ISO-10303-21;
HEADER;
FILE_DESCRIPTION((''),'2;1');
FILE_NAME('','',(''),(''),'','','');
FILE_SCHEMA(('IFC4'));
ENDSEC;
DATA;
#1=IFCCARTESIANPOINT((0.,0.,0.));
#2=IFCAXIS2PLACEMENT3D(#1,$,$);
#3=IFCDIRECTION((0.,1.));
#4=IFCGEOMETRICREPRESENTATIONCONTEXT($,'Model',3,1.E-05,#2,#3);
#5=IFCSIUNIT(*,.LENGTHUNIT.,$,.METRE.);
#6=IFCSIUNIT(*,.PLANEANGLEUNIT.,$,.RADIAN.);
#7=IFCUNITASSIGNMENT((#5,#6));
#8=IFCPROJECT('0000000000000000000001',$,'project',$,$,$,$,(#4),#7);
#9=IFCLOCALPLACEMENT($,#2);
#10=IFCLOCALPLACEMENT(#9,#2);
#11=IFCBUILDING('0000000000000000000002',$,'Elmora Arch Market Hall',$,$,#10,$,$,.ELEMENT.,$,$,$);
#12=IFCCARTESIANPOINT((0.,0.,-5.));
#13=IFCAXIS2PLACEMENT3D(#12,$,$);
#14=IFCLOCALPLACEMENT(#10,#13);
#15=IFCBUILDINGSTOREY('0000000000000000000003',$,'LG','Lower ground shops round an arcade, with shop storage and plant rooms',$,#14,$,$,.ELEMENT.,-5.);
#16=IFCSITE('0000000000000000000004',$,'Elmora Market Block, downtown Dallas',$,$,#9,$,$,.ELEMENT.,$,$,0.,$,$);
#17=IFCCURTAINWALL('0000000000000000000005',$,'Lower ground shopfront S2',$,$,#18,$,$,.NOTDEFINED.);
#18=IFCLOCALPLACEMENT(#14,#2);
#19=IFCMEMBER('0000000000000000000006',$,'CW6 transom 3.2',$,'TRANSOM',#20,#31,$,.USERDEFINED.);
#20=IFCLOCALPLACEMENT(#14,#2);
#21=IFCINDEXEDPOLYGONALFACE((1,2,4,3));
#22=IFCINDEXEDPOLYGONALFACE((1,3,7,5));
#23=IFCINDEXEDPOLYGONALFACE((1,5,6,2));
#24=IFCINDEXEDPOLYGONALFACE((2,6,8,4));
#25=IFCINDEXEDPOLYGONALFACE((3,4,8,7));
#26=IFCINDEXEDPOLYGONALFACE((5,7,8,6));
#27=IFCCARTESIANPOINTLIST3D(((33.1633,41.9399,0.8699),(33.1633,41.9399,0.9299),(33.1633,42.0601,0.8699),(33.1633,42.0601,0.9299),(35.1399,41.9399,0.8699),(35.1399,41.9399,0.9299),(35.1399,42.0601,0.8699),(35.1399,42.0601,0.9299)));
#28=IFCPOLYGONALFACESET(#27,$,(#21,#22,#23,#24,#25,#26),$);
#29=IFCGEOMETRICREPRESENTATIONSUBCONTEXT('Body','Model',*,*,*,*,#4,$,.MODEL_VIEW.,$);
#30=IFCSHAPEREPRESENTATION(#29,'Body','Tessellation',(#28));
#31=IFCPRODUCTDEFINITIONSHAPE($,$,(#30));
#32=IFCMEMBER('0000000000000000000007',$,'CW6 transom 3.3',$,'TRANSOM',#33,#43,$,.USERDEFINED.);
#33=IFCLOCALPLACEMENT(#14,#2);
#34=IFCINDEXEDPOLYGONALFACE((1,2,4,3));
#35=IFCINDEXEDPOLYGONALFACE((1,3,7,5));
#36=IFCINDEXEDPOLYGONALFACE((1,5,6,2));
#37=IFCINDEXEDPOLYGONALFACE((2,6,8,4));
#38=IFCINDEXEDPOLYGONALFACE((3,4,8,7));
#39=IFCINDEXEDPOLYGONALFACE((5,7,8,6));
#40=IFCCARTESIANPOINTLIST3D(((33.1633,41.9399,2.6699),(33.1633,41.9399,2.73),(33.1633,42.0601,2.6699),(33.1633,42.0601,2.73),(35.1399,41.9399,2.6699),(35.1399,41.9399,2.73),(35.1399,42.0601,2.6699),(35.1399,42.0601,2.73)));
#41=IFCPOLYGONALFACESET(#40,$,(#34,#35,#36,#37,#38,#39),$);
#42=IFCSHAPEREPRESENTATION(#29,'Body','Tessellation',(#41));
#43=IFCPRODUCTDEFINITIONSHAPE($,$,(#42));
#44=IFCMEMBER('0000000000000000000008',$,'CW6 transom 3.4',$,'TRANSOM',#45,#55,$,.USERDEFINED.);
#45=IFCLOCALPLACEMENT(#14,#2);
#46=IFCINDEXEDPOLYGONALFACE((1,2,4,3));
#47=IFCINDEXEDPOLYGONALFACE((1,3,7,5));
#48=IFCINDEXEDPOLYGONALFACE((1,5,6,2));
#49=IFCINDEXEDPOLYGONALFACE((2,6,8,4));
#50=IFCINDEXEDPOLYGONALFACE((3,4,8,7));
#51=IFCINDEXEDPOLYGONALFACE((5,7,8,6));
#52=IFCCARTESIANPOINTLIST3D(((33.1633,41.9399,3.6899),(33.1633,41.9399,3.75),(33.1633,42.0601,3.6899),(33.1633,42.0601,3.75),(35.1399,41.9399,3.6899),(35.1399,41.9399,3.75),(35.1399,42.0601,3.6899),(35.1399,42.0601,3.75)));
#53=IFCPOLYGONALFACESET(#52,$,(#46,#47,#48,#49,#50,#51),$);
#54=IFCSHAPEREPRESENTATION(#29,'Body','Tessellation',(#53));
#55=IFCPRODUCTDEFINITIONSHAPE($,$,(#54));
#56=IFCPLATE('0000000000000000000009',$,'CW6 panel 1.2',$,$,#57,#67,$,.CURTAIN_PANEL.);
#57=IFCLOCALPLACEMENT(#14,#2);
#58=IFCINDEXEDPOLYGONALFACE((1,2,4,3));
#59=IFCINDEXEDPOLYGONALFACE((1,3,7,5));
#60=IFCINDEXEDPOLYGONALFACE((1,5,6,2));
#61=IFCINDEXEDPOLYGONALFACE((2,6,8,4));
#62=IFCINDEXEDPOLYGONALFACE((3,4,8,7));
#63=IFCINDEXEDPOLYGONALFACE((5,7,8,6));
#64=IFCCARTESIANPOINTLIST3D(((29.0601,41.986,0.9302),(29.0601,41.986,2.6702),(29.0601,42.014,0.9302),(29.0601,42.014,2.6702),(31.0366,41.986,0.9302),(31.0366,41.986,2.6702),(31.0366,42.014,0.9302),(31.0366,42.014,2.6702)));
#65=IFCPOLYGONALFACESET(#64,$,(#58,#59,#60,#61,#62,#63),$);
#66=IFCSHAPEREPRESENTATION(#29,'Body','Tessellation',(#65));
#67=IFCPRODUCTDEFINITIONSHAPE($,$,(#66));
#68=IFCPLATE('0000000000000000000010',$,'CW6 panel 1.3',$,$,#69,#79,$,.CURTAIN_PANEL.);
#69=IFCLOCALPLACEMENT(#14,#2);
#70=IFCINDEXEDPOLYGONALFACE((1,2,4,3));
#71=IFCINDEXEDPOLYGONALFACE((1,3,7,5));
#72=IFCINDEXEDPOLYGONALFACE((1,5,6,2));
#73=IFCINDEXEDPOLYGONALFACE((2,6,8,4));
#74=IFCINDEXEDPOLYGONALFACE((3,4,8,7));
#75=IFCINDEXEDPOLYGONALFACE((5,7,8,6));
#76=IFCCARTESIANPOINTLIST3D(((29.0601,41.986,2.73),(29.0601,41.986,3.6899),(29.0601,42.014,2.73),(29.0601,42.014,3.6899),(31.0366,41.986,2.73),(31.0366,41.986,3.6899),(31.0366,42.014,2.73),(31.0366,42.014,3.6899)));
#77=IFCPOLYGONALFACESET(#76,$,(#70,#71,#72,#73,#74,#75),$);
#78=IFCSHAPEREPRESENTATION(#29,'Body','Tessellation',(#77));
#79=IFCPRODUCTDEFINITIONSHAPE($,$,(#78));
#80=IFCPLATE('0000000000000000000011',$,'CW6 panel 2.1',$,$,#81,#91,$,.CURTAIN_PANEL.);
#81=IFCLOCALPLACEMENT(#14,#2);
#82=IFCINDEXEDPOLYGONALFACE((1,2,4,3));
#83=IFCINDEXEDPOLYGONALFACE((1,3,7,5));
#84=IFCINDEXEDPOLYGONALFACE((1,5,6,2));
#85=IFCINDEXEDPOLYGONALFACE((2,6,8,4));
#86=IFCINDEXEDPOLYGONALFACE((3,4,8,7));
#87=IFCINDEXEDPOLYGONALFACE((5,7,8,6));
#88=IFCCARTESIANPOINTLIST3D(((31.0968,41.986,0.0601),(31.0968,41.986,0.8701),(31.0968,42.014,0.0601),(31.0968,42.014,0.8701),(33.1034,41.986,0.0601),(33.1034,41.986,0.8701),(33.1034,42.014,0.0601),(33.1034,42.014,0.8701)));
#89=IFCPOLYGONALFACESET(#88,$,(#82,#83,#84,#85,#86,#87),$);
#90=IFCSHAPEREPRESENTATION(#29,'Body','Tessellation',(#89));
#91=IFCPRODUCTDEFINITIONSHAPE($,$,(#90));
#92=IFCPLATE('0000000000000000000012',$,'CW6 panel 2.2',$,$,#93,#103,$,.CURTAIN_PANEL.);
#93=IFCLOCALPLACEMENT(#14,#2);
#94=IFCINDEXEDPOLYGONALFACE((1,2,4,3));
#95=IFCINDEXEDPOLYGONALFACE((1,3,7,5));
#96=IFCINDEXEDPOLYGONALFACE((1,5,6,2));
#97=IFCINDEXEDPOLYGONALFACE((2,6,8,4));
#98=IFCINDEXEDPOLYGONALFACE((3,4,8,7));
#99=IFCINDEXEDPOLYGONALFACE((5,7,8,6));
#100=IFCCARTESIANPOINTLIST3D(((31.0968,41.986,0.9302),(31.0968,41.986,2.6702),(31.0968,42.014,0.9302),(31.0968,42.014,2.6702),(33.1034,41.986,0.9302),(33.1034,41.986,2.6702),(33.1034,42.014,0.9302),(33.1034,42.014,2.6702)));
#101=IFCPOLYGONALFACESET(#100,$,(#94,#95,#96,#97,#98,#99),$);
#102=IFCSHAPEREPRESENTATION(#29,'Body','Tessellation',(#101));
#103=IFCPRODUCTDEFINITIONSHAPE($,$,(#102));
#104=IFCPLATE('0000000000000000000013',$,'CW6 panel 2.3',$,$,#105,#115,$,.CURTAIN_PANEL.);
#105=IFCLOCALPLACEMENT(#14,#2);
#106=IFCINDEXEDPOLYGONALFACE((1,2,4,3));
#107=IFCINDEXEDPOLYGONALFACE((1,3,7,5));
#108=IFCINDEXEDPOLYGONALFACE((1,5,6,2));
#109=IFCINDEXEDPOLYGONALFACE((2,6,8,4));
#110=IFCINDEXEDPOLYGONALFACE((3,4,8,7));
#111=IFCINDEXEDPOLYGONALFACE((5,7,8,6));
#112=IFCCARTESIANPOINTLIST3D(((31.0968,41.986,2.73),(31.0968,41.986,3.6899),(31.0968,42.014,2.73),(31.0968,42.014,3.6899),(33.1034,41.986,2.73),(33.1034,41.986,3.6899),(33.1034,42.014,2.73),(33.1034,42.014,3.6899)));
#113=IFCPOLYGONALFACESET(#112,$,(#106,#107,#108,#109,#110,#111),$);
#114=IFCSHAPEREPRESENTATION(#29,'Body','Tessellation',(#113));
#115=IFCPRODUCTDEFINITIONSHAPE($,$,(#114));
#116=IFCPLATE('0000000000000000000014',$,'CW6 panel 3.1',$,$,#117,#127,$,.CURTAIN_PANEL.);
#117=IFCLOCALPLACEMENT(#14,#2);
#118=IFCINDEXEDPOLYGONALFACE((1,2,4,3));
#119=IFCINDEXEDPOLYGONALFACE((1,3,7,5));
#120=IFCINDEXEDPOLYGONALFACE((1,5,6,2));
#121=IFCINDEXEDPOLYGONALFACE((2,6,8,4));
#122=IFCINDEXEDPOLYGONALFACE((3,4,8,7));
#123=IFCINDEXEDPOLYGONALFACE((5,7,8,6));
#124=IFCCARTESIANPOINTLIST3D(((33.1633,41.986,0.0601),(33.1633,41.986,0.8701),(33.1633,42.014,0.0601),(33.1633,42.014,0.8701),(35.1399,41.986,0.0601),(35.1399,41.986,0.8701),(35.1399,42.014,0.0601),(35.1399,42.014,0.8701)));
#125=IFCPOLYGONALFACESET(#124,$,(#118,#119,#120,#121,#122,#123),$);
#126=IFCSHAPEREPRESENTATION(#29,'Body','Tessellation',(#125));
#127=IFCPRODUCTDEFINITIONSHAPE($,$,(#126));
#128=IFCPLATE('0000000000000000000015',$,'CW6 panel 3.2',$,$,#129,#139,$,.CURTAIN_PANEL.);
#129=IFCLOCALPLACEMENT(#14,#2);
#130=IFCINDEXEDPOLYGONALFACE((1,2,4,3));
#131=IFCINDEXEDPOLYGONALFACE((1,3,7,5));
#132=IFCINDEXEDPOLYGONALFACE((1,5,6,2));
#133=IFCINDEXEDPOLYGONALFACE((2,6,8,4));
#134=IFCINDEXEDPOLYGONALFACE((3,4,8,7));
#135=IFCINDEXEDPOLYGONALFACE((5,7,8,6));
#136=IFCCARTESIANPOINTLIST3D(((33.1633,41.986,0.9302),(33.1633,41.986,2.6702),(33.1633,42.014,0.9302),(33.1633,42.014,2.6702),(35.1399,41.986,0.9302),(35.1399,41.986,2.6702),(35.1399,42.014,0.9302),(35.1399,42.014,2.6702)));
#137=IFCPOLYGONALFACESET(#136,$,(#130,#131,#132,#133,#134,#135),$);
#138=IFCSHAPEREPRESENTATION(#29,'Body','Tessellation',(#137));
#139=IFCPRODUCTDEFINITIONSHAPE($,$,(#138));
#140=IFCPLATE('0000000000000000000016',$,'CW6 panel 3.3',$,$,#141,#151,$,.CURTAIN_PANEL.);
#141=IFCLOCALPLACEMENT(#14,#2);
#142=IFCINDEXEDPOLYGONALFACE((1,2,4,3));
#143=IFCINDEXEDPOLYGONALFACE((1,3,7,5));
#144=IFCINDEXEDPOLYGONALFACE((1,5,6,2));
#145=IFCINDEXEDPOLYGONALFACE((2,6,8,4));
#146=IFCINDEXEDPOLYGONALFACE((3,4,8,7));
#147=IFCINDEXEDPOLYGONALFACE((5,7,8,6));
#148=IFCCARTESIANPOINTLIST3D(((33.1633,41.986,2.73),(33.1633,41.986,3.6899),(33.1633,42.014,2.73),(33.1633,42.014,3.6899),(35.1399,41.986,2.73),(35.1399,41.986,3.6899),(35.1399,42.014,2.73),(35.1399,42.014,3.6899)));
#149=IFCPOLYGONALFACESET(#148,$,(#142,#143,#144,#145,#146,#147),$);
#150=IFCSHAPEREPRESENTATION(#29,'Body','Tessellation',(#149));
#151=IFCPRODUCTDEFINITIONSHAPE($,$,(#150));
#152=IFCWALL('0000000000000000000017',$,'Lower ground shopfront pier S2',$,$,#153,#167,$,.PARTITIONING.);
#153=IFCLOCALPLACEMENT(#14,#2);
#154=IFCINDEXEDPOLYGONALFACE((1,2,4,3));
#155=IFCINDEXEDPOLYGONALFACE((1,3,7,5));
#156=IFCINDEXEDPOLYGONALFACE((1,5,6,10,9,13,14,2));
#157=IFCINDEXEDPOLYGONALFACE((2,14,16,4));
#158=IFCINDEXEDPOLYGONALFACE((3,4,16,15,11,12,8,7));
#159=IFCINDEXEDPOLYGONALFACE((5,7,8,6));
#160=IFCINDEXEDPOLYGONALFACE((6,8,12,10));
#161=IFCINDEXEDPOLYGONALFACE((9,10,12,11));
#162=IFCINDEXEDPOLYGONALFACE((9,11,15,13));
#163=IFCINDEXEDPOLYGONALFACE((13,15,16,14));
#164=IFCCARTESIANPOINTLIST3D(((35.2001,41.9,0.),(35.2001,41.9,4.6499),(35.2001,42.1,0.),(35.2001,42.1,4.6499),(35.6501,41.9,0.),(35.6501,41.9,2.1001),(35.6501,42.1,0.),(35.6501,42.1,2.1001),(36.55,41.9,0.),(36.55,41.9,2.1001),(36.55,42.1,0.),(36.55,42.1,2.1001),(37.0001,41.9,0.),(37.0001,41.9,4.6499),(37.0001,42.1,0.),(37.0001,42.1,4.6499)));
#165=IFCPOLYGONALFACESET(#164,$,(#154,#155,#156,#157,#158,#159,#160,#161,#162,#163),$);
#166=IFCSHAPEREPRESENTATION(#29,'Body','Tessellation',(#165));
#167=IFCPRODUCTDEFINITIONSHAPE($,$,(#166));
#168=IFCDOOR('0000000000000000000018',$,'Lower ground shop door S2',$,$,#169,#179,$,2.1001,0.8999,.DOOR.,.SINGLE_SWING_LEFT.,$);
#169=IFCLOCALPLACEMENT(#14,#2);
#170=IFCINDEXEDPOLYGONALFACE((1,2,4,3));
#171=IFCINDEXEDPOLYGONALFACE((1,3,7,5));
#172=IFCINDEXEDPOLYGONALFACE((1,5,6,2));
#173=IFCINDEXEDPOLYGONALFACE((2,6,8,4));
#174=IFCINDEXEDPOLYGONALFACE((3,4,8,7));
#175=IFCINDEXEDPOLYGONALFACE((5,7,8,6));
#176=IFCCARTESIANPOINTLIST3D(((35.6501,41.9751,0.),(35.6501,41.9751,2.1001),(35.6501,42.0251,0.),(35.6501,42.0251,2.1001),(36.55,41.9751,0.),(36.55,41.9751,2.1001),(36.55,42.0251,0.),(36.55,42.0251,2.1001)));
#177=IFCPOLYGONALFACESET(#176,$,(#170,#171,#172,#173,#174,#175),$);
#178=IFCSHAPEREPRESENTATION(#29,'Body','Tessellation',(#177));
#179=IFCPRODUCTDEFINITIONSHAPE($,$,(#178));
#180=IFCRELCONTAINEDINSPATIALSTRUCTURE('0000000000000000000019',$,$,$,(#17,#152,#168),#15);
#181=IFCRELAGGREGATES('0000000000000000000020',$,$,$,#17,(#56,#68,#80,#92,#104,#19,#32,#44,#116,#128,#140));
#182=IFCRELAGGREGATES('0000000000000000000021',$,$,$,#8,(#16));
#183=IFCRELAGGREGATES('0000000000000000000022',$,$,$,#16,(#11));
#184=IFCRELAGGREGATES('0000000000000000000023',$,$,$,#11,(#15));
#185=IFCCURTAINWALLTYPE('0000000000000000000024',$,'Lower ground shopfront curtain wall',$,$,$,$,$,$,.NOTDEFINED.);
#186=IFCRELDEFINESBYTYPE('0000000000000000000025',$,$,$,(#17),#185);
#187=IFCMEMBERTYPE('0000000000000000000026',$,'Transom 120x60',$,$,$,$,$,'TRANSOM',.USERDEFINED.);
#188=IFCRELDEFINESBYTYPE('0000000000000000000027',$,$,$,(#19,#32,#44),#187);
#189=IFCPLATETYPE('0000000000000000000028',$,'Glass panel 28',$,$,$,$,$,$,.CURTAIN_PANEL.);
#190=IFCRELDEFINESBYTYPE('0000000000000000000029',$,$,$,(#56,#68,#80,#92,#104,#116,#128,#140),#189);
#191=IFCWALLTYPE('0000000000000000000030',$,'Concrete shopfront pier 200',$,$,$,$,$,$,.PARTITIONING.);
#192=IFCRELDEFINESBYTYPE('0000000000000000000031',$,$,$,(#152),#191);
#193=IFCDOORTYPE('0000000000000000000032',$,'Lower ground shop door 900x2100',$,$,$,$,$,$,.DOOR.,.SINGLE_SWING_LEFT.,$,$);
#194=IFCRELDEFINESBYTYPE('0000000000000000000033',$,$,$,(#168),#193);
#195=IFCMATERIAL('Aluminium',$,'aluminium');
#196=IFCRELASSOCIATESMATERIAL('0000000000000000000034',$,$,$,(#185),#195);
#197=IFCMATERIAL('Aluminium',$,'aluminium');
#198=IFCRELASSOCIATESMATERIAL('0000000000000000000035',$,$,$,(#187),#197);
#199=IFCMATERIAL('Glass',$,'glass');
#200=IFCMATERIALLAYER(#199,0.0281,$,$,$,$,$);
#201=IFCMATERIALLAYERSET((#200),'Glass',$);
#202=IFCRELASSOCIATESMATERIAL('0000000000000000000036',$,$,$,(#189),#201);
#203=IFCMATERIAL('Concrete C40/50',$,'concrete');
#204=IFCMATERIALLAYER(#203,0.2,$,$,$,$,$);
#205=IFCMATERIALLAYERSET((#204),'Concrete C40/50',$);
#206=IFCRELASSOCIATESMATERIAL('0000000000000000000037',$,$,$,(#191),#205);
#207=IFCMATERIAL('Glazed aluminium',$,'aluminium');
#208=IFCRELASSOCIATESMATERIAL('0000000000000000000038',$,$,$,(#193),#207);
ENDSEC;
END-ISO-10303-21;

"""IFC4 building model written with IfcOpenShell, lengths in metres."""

from ifc_helpers import new_model, si_unit, direction, frame, frame_2d, origin, origin_2d, place, context, subcontext, project, spatial, rectangle, extrude, material, layer, layer_set, material_profile, profile_set, type_object, element, fill, aggregate, save


model = new_model("IFC4")

# Units and contexts
model_context = context("Model", 3, precision=1e-05, world=origin(), true_north=direction((0.0, 1.0)))
body_context = subcontext(model_context, "Body", "Model", "MODEL_VIEW")
ifc_project = project(units=[si_unit("LENGTHUNIT", "METRE"), si_unit("PLANEANGLEUNIT", "RADIAN")], contexts=[model_context])

# Site, building, storey
site_placement = place(None, origin())
site = spatial("IfcSite", under=ifc_project, at=site_placement, Name="Elmora Market Block, downtown Dallas", CompositionType="ELEMENT", RefElevation=0.0)
building_placement = place(site_placement, origin())
building = spatial("IfcBuilding", under=site, at=building_placement, Name="Elmora Arch Market Hall", CompositionType="ELEMENT")
storey_placement = place(building_placement, frame((0.0, 0.0, -5.0)))
storey = spatial("IfcBuildingStorey", under=building, at=storey_placement, Name="LG", Description="Lower ground shops round an arcade, with shop storage and plant rooms", CompositionType="ELEMENT", Elevation=-5.0)

# Shared definitions
ifc_material_1 = material(Name="Aluminium", Category="aluminium")
curtain_wall_type = type_object("IfcCurtainWallType", Name="Lower ground shopfront curtain wall", PredefinedType="NOTDEFINED", material=ifc_material_1)
ifc_material_2 = material(Name="Aluminium", Category="aluminium")
ifc_material_profile_1 = material_profile(ifc_material_2, rectangle(XDim=0.1201, YDim=0.0601, at=origin_2d()), Name="AL 120x60")
ifc_profile_set_1 = profile_set([ifc_material_profile_1], Name="Aluminium")
member_type_1 = type_object("IfcMemberType", Name="Transom 120x60", ElementType="TRANSOM", PredefinedType="USERDEFINED", material=ifc_profile_set_1)

# Curtain wall, members, plates
curtain_wall_1_placement = place(storey_placement, origin())
curtain_wall_1 = element("IfcCurtainWall", 1, at=curtain_wall_1_placement, inside=storey, type_object=curtain_wall_type, Name="Lower ground shopfront S2", PredefinedType="NOTDEFINED")
member_1_placement = place(storey_placement, frame((33.1633, 42.0, 0.8999), z_axis=(1.0, 0.0, 0.0), x_axis=(0.0, 1.0, 0.0)))
member_1 = element("IfcMember", 2, at=member_1_placement, type_object=member_type_1, Name="CW6 transom 3.2", ObjectType="TRANSOM", PredefinedType="USERDEFINED", context=body_context, shape_type="SweptSolid", body=[
    extrude(rectangle(XDim=0.1201, YDim=0.0601, at=origin_2d()), origin(), (0.0, 0.0, 1.0), 1.9766),
])
member_2_placement = place(storey_placement, frame((33.1633, 42.0, 2.7), z_axis=(1.0, 0.0, 0.0), x_axis=(0.0, 1.0, 0.0)))
member_2 = element("IfcMember", 3, at=member_2_placement, type_object=member_type_1, Name="CW6 transom 3.3", ObjectType="TRANSOM", PredefinedType="USERDEFINED", context=body_context, shape_type="SweptSolid", body=[
    extrude(rectangle(XDim=0.1201, YDim=0.0601, at=origin_2d()), origin(), (0.0, 0.0, 1.0), 1.9766),
])
member_3_placement = place(storey_placement, frame((33.1633, 42.0, 3.72), z_axis=(1.0, 0.0, 0.0), x_axis=(0.0, 1.0, 0.0)))
member_3 = element("IfcMember", 4, at=member_3_placement, type_object=member_type_1, Name="CW6 transom 3.4", ObjectType="TRANSOM", PredefinedType="USERDEFINED", context=body_context, shape_type="SweptSolid", body=[
    extrude(rectangle(XDim=0.1201, YDim=0.0601, at=origin_2d()), origin(), (0.0, 0.0, 1.0), 1.9766),
])
ifc_material_3 = material(Name="Glass", Category="glass")
ifc_layer_1 = layer(ifc_material_3, 0.0281)
ifc_layer_set_1 = layer_set([ifc_layer_1], Name="Glass")
plate_type = type_object("IfcPlateType", Name="Glass panel 28", PredefinedType="CURTAIN_PANEL", material=ifc_layer_set_1)
plate_1_placement = place(storey_placement, frame((30.0483, 42.0, 0.9302), z_axis=(0.0, 0.0, 1.0), x_axis=(1.0, 0.0, 0.0)))
plate_1 = element("IfcPlate", 5, at=plate_1_placement, type_object=plate_type, Name="CW6 panel 1.2", PredefinedType="CURTAIN_PANEL", context=body_context, shape_type="SweptSolid", body=[
    extrude(rectangle(XDim=1.9766, YDim=0.0281, at=origin_2d()), origin(), (0.0, 0.0, 1.0), 1.74),
])
plate_2_placement = place(storey_placement, frame((30.0483, 42.0, 2.73), z_axis=(0.0, 0.0, 1.0), x_axis=(1.0, 0.0, 0.0)))
plate_2 = element("IfcPlate", 6, at=plate_2_placement, type_object=plate_type, Name="CW6 panel 1.3", PredefinedType="CURTAIN_PANEL", context=body_context, shape_type="SweptSolid", body=[
    extrude(rectangle(XDim=1.9766, YDim=0.0281, at=origin_2d()), origin(), (0.0, 0.0, 1.0), 0.96),
])
plate_3_placement = place(storey_placement, frame((32.1001, 42.0, 0.0601), z_axis=(0.0, 0.0, 1.0), x_axis=(1.0, 0.0, 0.0)))
plate_3 = element("IfcPlate", 7, at=plate_3_placement, type_object=plate_type, Name="CW6 panel 2.1", PredefinedType="CURTAIN_PANEL", context=body_context, shape_type="SweptSolid", body=[
    extrude(rectangle(XDim=2.0066, YDim=0.0281, at=origin_2d()), origin(), (0.0, 0.0, 1.0), 0.8101),
])
plate_4_placement = place(storey_placement, frame((32.1001, 42.0, 0.9302), z_axis=(0.0, 0.0, 1.0), x_axis=(1.0, 0.0, 0.0)))
plate_4 = element("IfcPlate", 8, at=plate_4_placement, type_object=plate_type, Name="CW6 panel 2.2", PredefinedType="CURTAIN_PANEL", context=body_context, shape_type="SweptSolid", body=[
    extrude(rectangle(XDim=2.0066, YDim=0.0281, at=origin_2d()), origin(), (0.0, 0.0, 1.0), 1.74),
])
plate_5_placement = place(storey_placement, frame((32.1001, 42.0, 2.73), z_axis=(0.0, 0.0, 1.0), x_axis=(1.0, 0.0, 0.0)))
plate_5 = element("IfcPlate", 9, at=plate_5_placement, type_object=plate_type, Name="CW6 panel 2.3", PredefinedType="CURTAIN_PANEL", context=body_context, shape_type="SweptSolid", body=[
    extrude(rectangle(XDim=2.0066, YDim=0.0281, at=origin_2d()), origin(), (0.0, 0.0, 1.0), 0.96),
])
plate_6_placement = place(storey_placement, frame((34.1516, 42.0, 0.0601), z_axis=(0.0, 0.0, 1.0), x_axis=(1.0, 0.0, 0.0)))
plate_6 = element("IfcPlate", 10, at=plate_6_placement, type_object=plate_type, Name="CW6 panel 3.1", PredefinedType="CURTAIN_PANEL", context=body_context, shape_type="SweptSolid", body=[
    extrude(rectangle(XDim=1.9766, YDim=0.0281, at=origin_2d()), origin(), (0.0, 0.0, 1.0), 0.8101),
])
plate_7_placement = place(storey_placement, frame((34.1516, 42.0, 0.9302), z_axis=(0.0, 0.0, 1.0), x_axis=(1.0, 0.0, 0.0)))
plate_7 = element("IfcPlate", 11, at=plate_7_placement, type_object=plate_type, Name="CW6 panel 3.2", PredefinedType="CURTAIN_PANEL", context=body_context, shape_type="SweptSolid", body=[
    extrude(rectangle(XDim=1.9766, YDim=0.0281, at=origin_2d()), origin(), (0.0, 0.0, 1.0), 1.74),
])
plate_8_placement = place(storey_placement, frame((34.1516, 42.0, 2.73), z_axis=(0.0, 0.0, 1.0), x_axis=(1.0, 0.0, 0.0)))
plate_8 = element("IfcPlate", 12, at=plate_8_placement, type_object=plate_type, Name="CW6 panel 3.3", PredefinedType="CURTAIN_PANEL", context=body_context, shape_type="SweptSolid", body=[
    extrude(rectangle(XDim=1.9766, YDim=0.0281, at=origin_2d()), origin(), (0.0, 0.0, 1.0), 0.96),
])
aggregate(curtain_wall_1, [plate_1, plate_2, plate_3, plate_4, plate_5, member_1, member_2, member_3, plate_6, plate_7, plate_8])

# Wall, opening, door
ifc_material_4 = material(Name="Concrete C40/50", Category="concrete")
ifc_layer_2 = layer(ifc_material_4, 0.2)
ifc_layer_set_2 = layer_set([ifc_layer_2], Name="Concrete C40/50")
wall_type_1 = type_object("IfcWallType", Name="Concrete shopfront pier 200", PredefinedType="PARTITIONING", material=ifc_layer_set_2)
wall_1_placement = place(storey_placement, frame((37.0, 42.0, 0.0), z_axis=(0.0, 0.0, 1.0), x_axis=(-1.0, 0.0, 0.0)))
wall_1 = element("IfcWall", 13, at=wall_1_placement, inside=storey, type_object=wall_type_1, Name="Lower ground shopfront pier S2", PredefinedType="PARTITIONING", context=body_context, shape_type="SweptSolid", body=[
    extrude(rectangle(XDim=1.8, YDim=0.2, at=frame_2d((0.8999, 0.0))), origin(), (0.0, 0.0, 1.0), 4.6499),
])
opening_placement = place(wall_1_placement, frame((0.45, 0.0, 0.0)))
opening = element("IfcOpeningElement", 14, at=opening_placement, cuts=wall_1, PredefinedType="OPENING", context=body_context, shape_type="SweptSolid", body=[
    extrude(rectangle(XDim=0.8999, YDim=2.1001, at=frame_2d((0.45, 1.05))), frame((0.0, 0.1099, 0.0), z_axis=(0.0, -1.0, 0.0), x_axis=(1.0, 0.0, 0.0)), (0.0, 0.0, 1.0), 0.22),
])
ifc_material_5 = material(Name="Glazed aluminium", Category="aluminium")
door_type = type_object("IfcDoorType", Name="Lower ground shop door 900x2100", OperationType="SINGLE_SWING_LEFT", PredefinedType="DOOR", material=ifc_material_5)
door_placement = place(opening_placement, origin())
door = element("IfcDoor", 15, at=door_placement, inside=storey, type_object=door_type, Name="Lower ground shop door S2", OperationType="SINGLE_SWING_LEFT", OverallHeight=2.1001, OverallWidth=0.8999, PredefinedType="DOOR", context=body_context, shape_type="SweptSolid", body=[
    extrude(rectangle(XDim=0.8999, YDim=2.1001, at=frame_2d((0.45, 1.05))), frame((0.0, 0.0249, 0.0), z_axis=(0.0, -1.0, 0.0), x_axis=(1.0, 0.0, 0.0)), (0.0, 0.0, 1.0), 0.05),
])
fill(opening, door)

save(model, "model.ifc")
